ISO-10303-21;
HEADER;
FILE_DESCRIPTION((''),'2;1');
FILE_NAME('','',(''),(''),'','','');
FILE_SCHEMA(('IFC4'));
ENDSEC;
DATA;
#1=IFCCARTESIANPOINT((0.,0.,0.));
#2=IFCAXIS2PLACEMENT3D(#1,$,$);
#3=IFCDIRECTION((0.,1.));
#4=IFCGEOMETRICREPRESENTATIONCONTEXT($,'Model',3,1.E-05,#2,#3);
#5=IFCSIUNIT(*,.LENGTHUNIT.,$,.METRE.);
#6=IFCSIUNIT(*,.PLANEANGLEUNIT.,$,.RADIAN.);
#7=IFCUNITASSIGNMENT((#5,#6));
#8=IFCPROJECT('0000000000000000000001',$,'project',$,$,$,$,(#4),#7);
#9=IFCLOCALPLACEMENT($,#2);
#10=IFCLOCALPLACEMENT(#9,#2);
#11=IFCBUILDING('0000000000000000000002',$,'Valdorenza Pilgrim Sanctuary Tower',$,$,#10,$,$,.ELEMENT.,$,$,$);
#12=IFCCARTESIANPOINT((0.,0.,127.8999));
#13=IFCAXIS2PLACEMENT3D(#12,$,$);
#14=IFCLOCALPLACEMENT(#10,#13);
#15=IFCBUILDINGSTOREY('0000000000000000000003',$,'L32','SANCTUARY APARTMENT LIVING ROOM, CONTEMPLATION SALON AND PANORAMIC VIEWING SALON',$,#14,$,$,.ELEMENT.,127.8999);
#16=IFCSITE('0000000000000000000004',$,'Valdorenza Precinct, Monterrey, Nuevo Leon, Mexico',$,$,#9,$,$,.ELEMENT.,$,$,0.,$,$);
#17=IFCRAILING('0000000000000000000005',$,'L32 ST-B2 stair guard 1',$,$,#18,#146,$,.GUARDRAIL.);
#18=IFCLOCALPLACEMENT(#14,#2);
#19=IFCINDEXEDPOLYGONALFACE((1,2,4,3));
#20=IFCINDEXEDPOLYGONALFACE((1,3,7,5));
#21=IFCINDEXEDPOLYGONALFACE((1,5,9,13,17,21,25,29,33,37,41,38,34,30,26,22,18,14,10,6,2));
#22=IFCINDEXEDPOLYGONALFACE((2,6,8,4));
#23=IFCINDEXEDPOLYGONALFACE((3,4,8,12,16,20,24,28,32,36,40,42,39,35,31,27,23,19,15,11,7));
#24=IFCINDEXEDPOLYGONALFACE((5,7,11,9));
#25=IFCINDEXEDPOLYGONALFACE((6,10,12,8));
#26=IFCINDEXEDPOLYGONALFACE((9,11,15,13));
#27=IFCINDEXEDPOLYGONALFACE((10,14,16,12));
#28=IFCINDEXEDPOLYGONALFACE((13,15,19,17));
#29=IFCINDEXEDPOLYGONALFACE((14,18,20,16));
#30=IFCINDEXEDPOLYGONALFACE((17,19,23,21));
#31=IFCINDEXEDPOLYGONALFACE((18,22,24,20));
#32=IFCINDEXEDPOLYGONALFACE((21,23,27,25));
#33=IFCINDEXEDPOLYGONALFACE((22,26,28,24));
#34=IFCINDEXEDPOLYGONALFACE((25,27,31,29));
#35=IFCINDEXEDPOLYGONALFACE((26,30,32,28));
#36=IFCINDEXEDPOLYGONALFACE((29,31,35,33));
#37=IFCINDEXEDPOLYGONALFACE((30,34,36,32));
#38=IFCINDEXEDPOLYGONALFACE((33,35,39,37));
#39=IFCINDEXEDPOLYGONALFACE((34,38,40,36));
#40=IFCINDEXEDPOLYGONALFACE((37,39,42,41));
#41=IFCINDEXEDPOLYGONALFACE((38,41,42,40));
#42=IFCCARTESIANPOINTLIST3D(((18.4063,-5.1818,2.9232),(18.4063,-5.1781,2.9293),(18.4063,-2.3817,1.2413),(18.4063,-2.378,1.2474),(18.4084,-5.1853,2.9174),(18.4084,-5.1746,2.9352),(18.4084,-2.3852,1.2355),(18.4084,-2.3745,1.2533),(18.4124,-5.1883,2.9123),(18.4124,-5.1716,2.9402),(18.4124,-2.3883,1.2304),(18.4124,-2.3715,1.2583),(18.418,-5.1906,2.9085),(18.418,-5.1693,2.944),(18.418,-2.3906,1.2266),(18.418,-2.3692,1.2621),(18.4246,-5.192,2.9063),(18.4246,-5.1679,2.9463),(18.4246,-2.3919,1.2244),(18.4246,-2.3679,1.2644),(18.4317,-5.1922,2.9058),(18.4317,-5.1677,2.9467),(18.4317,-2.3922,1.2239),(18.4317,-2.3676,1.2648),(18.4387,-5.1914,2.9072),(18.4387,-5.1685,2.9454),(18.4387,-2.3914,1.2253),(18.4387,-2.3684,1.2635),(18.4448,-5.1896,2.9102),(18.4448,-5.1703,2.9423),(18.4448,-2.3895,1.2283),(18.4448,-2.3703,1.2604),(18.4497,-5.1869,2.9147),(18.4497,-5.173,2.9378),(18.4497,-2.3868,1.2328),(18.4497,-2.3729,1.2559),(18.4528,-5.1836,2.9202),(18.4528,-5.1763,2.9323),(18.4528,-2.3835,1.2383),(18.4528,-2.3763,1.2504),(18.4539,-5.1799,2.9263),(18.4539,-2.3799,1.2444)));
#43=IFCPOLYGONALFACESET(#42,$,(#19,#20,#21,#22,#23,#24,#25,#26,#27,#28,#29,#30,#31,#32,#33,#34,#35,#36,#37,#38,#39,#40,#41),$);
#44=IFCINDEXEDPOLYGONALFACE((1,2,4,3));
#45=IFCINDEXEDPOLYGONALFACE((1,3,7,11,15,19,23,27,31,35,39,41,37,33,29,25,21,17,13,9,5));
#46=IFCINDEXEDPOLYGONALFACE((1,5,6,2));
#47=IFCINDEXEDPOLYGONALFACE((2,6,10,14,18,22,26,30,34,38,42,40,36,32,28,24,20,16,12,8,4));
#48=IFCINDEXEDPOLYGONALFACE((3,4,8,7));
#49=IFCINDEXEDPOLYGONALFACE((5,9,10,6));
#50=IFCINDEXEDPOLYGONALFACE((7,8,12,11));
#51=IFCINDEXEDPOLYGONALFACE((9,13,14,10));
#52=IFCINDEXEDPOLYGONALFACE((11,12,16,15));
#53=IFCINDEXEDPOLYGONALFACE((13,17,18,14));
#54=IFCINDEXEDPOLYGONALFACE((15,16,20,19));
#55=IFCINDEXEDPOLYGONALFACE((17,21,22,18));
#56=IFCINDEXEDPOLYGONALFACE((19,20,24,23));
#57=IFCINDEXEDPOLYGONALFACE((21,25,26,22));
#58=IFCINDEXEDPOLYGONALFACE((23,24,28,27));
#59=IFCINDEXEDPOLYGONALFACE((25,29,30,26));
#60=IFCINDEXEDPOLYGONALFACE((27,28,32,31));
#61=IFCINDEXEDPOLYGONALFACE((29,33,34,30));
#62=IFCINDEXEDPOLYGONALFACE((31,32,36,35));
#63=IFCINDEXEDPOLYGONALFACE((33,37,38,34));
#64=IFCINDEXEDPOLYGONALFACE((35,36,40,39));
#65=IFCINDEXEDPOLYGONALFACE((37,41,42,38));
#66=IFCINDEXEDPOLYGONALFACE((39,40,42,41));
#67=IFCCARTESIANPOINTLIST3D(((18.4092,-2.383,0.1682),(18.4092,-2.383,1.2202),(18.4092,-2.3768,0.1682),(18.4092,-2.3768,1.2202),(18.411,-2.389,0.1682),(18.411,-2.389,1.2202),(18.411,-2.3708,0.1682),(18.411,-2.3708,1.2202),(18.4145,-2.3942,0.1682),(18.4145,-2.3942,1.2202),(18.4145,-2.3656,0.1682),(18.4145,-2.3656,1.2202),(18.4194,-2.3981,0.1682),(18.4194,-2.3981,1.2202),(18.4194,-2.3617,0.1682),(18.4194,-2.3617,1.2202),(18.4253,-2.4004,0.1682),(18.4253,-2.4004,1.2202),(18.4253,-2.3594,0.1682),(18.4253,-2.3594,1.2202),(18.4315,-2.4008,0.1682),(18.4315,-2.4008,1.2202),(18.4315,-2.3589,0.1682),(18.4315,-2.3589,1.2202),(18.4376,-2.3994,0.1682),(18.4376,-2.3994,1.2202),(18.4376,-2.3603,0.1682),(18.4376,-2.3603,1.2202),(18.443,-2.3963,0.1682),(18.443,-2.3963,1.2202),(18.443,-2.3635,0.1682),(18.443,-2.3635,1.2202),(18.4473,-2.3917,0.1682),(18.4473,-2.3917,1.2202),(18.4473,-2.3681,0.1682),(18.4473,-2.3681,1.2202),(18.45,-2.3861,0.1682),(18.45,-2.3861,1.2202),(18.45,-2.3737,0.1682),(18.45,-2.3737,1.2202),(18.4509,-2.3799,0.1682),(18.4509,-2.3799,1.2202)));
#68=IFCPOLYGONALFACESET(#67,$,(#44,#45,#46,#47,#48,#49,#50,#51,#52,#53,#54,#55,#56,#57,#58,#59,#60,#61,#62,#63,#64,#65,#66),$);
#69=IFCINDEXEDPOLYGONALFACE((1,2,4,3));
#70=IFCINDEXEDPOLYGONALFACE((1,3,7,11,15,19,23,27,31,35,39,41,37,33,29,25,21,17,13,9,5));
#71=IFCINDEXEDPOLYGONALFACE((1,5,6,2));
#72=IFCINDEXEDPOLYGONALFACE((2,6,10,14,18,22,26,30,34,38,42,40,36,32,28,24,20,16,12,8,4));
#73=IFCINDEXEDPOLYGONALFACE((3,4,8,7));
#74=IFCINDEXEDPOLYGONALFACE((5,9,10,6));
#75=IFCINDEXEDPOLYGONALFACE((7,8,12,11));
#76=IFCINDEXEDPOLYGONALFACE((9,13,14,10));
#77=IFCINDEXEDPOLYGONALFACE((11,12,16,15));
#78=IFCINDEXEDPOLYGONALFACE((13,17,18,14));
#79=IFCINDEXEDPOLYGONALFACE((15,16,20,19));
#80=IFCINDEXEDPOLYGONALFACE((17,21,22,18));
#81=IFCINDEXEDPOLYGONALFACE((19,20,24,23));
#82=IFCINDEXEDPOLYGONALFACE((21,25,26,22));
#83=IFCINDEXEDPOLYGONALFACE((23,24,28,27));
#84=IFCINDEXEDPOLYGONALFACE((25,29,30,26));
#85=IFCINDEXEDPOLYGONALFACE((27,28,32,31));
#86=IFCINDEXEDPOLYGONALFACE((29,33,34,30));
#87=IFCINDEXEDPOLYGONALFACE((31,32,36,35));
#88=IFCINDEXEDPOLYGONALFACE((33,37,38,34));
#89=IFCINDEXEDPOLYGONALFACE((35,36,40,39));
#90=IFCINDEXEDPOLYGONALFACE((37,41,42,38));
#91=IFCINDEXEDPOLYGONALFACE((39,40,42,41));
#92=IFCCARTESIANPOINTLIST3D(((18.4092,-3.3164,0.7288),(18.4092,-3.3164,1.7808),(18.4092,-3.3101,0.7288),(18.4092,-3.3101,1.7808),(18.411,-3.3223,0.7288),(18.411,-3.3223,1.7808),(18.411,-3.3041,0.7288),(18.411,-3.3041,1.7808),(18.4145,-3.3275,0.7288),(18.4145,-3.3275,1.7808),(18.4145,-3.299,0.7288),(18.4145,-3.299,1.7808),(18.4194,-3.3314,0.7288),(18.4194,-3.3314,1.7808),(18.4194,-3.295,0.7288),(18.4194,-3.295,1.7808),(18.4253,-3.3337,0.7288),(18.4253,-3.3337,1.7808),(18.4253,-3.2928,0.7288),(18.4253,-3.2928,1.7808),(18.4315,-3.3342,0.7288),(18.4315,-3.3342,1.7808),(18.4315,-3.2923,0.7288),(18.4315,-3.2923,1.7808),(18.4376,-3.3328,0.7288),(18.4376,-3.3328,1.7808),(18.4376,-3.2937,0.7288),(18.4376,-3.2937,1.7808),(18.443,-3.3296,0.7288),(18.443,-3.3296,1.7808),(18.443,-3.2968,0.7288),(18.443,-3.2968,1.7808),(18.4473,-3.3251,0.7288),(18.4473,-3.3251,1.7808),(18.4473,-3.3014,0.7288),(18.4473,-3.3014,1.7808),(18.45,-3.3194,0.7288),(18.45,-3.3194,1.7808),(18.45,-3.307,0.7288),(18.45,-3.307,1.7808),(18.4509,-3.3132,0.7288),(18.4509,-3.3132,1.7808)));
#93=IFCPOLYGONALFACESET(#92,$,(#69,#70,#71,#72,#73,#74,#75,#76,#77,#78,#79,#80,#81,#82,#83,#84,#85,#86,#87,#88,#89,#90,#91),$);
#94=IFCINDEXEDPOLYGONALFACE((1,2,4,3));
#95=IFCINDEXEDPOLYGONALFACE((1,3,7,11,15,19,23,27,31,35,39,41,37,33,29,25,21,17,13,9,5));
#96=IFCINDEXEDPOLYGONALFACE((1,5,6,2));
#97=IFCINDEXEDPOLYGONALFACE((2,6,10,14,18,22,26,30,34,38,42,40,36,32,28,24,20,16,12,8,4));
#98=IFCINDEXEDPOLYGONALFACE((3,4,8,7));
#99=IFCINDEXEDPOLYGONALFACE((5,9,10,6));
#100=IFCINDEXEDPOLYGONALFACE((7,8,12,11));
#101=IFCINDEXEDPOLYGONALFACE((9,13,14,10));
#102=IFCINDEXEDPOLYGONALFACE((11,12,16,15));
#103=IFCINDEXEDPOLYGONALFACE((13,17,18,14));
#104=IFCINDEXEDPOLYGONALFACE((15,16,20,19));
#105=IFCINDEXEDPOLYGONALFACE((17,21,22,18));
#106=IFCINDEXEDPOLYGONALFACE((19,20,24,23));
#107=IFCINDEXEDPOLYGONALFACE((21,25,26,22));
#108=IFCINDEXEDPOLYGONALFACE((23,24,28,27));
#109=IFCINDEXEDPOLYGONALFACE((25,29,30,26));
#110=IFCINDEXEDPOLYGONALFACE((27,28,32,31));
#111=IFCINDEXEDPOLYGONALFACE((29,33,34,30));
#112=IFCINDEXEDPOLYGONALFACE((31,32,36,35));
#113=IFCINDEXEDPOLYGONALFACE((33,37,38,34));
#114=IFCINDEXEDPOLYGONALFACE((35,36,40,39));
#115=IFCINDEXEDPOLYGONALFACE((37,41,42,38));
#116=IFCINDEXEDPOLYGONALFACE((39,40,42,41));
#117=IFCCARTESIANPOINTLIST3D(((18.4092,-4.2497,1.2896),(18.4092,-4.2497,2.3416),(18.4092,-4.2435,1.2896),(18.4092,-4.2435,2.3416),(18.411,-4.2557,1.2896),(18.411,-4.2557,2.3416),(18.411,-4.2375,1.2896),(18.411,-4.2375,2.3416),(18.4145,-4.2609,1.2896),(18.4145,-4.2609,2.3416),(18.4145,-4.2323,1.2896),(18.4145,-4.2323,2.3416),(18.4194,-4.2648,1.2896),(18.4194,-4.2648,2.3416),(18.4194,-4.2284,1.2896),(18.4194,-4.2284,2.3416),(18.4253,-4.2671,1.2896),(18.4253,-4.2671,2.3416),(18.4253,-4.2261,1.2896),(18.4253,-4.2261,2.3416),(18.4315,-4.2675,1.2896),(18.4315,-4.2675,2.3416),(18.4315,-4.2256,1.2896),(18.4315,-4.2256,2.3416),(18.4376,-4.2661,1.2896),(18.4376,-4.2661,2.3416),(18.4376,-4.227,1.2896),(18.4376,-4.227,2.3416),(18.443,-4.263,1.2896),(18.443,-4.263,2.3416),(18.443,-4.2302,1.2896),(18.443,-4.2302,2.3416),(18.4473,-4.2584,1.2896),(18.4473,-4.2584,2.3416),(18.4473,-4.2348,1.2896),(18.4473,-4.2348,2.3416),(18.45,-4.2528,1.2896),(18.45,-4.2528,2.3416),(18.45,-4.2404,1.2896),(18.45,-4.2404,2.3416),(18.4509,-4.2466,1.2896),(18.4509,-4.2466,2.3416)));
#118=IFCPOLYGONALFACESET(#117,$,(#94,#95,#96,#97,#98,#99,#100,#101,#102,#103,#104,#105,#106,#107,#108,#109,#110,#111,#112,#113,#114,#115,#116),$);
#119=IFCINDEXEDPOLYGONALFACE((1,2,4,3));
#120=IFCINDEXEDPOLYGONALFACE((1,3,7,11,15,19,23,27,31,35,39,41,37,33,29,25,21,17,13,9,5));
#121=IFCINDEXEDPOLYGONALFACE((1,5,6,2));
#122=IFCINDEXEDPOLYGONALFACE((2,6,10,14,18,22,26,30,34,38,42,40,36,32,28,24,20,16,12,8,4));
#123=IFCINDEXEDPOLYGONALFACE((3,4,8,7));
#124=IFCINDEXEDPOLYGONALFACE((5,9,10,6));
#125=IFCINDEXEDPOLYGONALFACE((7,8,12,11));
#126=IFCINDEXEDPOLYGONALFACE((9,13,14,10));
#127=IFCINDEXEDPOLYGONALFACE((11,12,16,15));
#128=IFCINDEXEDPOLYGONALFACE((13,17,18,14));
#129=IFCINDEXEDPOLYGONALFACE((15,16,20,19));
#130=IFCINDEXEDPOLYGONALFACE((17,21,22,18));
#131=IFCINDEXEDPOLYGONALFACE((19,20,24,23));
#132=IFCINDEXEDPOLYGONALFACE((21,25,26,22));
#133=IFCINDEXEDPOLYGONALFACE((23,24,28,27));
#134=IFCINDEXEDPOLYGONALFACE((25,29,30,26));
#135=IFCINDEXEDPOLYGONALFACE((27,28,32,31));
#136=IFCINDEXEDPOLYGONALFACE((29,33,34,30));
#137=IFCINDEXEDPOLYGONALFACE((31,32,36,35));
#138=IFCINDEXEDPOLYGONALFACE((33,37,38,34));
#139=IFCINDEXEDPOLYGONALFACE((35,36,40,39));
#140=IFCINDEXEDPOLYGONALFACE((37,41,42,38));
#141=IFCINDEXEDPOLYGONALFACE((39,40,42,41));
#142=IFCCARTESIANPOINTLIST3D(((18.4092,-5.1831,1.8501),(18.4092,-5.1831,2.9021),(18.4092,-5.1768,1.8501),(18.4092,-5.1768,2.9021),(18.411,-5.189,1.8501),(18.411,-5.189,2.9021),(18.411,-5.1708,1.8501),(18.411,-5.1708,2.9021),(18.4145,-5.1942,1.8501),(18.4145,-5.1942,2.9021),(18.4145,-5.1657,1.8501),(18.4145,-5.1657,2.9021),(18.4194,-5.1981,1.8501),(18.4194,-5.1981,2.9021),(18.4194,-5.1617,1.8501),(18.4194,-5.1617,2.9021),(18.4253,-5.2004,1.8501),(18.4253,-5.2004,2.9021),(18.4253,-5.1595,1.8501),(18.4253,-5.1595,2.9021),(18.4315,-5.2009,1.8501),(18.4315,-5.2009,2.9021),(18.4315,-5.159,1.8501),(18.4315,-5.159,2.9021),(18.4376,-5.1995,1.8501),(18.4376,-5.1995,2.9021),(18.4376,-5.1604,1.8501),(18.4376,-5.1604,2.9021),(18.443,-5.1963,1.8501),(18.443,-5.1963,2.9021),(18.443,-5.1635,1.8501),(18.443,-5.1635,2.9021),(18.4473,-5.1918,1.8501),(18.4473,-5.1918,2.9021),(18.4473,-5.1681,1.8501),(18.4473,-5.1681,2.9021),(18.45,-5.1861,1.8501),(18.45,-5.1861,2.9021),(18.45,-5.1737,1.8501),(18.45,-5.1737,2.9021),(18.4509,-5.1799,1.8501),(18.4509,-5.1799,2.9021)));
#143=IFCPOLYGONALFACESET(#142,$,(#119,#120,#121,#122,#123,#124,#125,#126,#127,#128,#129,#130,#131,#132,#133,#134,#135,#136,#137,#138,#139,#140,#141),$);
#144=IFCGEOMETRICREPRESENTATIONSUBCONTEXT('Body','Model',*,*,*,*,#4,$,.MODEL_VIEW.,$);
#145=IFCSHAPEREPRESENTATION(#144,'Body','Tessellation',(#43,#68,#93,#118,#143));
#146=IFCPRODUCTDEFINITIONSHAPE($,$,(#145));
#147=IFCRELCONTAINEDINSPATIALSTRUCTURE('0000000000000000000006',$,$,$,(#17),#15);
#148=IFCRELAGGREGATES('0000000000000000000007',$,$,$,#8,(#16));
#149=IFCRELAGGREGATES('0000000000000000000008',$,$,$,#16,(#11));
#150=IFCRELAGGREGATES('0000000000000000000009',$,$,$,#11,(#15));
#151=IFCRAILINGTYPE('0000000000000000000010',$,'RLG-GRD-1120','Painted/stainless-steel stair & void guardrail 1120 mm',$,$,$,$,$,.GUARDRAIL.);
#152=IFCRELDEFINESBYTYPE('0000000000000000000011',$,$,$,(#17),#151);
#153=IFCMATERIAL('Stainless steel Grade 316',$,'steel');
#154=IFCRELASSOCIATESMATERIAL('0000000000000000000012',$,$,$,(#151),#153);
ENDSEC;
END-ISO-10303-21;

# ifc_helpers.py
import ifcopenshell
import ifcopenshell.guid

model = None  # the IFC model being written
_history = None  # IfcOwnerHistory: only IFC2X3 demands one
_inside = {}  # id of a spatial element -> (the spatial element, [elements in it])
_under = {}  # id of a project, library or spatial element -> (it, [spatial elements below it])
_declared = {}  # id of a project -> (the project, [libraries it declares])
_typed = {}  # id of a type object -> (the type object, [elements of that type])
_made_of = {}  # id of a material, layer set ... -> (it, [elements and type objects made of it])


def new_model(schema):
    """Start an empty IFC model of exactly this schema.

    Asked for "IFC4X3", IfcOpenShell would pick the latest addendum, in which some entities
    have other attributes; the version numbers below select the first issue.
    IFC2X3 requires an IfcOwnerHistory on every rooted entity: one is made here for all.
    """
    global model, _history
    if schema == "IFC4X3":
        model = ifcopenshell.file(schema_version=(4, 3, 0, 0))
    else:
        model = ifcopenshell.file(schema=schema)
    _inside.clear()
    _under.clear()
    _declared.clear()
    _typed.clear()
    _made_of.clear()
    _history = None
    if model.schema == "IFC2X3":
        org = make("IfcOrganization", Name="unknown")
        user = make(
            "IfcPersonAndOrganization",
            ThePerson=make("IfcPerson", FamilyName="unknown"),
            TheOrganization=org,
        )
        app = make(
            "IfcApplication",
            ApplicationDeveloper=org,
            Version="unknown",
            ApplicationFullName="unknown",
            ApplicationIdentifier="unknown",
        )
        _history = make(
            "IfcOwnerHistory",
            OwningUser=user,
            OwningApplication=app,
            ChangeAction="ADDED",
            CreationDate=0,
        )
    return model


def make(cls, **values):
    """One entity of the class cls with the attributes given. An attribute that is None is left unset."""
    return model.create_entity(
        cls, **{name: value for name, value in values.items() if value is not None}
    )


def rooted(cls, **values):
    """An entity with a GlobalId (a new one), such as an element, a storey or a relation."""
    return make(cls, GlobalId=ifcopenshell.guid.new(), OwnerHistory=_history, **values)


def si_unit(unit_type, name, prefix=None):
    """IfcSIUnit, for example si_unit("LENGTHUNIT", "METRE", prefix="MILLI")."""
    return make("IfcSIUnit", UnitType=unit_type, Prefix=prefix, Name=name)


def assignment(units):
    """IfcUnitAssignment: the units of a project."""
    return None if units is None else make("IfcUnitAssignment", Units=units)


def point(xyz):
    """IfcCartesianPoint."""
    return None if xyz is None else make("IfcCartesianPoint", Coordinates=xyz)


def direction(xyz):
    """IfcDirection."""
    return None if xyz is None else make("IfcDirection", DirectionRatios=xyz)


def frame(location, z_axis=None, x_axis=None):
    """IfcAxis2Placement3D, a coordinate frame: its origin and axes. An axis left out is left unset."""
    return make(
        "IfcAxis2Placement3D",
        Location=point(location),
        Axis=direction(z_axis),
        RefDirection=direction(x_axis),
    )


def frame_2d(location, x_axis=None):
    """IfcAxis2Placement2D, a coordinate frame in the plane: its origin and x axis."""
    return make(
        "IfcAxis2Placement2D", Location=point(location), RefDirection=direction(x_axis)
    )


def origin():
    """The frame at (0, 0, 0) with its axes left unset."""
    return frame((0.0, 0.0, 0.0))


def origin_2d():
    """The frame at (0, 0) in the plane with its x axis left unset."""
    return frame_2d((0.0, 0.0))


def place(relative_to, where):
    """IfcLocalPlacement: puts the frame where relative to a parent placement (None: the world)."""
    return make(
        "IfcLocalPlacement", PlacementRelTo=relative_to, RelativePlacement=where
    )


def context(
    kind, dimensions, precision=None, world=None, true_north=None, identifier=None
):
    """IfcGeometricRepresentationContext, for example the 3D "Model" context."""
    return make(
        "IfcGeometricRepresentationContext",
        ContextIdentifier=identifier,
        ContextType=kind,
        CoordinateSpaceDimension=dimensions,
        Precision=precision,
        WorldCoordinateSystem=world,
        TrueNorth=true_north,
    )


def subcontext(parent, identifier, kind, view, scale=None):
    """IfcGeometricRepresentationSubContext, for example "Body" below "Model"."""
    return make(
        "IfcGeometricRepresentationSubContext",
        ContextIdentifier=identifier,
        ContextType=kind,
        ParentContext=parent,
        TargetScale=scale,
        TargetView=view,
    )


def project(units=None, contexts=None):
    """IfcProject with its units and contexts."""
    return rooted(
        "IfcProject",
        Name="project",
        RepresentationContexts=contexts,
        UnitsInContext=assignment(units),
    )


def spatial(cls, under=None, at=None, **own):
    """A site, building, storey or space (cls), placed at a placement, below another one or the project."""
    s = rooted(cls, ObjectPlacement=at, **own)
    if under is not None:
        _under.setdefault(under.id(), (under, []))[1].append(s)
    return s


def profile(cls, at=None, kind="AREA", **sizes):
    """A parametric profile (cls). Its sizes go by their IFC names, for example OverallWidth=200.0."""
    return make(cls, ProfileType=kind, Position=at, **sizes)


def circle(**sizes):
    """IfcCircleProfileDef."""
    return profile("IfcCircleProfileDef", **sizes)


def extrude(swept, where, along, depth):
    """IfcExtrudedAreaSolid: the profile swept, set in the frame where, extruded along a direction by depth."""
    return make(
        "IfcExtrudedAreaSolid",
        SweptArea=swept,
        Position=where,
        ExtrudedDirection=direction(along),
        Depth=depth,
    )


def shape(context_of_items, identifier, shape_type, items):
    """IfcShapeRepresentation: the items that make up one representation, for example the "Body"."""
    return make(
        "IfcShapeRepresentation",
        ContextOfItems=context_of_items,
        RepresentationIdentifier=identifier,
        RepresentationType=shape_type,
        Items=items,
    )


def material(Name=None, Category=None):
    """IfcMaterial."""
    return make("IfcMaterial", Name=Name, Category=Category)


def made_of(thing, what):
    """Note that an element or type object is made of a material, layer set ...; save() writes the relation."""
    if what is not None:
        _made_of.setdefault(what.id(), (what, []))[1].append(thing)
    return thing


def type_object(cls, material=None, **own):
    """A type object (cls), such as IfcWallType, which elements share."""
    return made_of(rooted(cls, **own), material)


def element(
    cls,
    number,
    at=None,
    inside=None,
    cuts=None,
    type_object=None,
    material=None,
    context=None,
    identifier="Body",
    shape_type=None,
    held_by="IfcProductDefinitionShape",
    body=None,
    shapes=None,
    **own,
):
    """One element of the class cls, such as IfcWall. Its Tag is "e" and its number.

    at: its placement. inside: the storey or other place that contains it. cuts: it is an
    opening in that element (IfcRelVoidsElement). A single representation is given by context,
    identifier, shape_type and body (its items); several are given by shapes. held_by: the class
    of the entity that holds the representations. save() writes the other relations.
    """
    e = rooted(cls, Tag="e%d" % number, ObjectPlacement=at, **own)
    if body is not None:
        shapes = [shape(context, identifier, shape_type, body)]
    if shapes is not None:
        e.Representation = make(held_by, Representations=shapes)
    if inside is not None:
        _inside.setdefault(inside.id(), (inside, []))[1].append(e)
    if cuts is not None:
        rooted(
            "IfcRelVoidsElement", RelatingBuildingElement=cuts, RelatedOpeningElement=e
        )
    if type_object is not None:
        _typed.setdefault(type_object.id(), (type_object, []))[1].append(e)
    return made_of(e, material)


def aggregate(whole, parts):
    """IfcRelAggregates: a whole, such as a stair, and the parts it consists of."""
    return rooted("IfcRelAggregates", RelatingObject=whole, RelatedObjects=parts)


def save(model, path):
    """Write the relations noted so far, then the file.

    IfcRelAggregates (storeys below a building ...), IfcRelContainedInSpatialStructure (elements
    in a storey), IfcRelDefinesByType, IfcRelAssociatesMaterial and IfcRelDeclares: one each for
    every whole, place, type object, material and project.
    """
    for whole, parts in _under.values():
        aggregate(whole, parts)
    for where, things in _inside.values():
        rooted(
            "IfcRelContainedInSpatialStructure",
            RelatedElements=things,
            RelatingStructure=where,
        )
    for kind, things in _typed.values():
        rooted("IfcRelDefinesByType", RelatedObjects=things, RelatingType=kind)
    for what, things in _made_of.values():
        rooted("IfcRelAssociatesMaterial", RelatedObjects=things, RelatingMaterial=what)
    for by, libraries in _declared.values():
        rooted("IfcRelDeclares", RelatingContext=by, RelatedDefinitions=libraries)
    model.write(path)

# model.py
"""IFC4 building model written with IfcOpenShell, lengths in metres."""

from ifc_helpers import new_model, si_unit, direction, frame, origin, origin_2d, place, context, subcontext, project, spatial, circle, extrude, material, type_object, element, save


model = new_model("IFC4")

# Units and contexts
model_context = context("Model", 3, precision=1e-05, world=origin(), true_north=direction((0.0, 1.0)))
body_context = subcontext(model_context, "Body", "Model", "MODEL_VIEW")
ifc_project = project(units=[si_unit("LENGTHUNIT", "METRE"), si_unit("PLANEANGLEUNIT", "RADIAN")], contexts=[model_context])

# Site, building, storey
site_placement = place(None, origin())
site = spatial("IfcSite", under=ifc_project, at=site_placement, Name="Valdorenza Precinct, Monterrey, Nuevo Leon, Mexico", CompositionType="ELEMENT", RefElevation=0.0)
building_placement = place(site_placement, origin())
building = spatial("IfcBuilding", under=site, at=building_placement, Name="Valdorenza Pilgrim Sanctuary Tower", CompositionType="ELEMENT")
storey_placement = place(building_placement, frame((0.0, 0.0, 127.8999)))
storey = spatial("IfcBuildingStorey", under=building, at=storey_placement, Name="L32", Description="SANCTUARY APARTMENT LIVING ROOM, CONTEMPLATION SALON AND PANORAMIC VIEWING SALON", CompositionType="ELEMENT", Elevation=127.8999)

# Railing
ifc_material_1 = material(Name="Stainless steel Grade 316", Category="steel")
railing_type_1 = type_object("IfcRailingType", Name="RLG-GRD-1120", Description="Painted/stainless-steel stair & void guardrail 1120 mm", PredefinedType="GUARDRAIL", material=ifc_material_1)
railing_1_placement = place(storey_placement, frame((18.4299, -2.3799, 0.1682)))
element("IfcRailing", 1, at=railing_1_placement, inside=storey, type_object=railing_type_1, Name="L32 ST-B2 stair guard 1", PredefinedType="GUARDRAIL", context=body_context, shape_type="SweptSolid", body=[
    extrude(circle(Radius=0.0239, at=origin_2d()), frame((0.0, 0.0, 1.0762), z_axis=(0.0, -0.857242, 0.514913), x_axis=(1.0, 0.0, 0.0)), (0.0, 0.0, 1.0), 3.2664),
    extrude(circle(Radius=0.021, at=origin_2d()), origin(), (0.0, 0.0, 1.0), 1.052),
    extrude(circle(Radius=0.021, at=origin_2d()), frame((0.0, -0.9333, 0.5605)), (0.0, 0.0, 1.0), 1.052),
    extrude(circle(Radius=0.021, at=origin_2d()), frame((0.0, -1.8667, 1.1213)), (0.0, 0.0, 1.0), 1.052),
    extrude(circle(Radius=0.021, at=origin_2d()), frame((0.0, -2.8, 1.6819)), (0.0, 0.0, 1.0), 1.052),
])

save(model, "model.ifc")
